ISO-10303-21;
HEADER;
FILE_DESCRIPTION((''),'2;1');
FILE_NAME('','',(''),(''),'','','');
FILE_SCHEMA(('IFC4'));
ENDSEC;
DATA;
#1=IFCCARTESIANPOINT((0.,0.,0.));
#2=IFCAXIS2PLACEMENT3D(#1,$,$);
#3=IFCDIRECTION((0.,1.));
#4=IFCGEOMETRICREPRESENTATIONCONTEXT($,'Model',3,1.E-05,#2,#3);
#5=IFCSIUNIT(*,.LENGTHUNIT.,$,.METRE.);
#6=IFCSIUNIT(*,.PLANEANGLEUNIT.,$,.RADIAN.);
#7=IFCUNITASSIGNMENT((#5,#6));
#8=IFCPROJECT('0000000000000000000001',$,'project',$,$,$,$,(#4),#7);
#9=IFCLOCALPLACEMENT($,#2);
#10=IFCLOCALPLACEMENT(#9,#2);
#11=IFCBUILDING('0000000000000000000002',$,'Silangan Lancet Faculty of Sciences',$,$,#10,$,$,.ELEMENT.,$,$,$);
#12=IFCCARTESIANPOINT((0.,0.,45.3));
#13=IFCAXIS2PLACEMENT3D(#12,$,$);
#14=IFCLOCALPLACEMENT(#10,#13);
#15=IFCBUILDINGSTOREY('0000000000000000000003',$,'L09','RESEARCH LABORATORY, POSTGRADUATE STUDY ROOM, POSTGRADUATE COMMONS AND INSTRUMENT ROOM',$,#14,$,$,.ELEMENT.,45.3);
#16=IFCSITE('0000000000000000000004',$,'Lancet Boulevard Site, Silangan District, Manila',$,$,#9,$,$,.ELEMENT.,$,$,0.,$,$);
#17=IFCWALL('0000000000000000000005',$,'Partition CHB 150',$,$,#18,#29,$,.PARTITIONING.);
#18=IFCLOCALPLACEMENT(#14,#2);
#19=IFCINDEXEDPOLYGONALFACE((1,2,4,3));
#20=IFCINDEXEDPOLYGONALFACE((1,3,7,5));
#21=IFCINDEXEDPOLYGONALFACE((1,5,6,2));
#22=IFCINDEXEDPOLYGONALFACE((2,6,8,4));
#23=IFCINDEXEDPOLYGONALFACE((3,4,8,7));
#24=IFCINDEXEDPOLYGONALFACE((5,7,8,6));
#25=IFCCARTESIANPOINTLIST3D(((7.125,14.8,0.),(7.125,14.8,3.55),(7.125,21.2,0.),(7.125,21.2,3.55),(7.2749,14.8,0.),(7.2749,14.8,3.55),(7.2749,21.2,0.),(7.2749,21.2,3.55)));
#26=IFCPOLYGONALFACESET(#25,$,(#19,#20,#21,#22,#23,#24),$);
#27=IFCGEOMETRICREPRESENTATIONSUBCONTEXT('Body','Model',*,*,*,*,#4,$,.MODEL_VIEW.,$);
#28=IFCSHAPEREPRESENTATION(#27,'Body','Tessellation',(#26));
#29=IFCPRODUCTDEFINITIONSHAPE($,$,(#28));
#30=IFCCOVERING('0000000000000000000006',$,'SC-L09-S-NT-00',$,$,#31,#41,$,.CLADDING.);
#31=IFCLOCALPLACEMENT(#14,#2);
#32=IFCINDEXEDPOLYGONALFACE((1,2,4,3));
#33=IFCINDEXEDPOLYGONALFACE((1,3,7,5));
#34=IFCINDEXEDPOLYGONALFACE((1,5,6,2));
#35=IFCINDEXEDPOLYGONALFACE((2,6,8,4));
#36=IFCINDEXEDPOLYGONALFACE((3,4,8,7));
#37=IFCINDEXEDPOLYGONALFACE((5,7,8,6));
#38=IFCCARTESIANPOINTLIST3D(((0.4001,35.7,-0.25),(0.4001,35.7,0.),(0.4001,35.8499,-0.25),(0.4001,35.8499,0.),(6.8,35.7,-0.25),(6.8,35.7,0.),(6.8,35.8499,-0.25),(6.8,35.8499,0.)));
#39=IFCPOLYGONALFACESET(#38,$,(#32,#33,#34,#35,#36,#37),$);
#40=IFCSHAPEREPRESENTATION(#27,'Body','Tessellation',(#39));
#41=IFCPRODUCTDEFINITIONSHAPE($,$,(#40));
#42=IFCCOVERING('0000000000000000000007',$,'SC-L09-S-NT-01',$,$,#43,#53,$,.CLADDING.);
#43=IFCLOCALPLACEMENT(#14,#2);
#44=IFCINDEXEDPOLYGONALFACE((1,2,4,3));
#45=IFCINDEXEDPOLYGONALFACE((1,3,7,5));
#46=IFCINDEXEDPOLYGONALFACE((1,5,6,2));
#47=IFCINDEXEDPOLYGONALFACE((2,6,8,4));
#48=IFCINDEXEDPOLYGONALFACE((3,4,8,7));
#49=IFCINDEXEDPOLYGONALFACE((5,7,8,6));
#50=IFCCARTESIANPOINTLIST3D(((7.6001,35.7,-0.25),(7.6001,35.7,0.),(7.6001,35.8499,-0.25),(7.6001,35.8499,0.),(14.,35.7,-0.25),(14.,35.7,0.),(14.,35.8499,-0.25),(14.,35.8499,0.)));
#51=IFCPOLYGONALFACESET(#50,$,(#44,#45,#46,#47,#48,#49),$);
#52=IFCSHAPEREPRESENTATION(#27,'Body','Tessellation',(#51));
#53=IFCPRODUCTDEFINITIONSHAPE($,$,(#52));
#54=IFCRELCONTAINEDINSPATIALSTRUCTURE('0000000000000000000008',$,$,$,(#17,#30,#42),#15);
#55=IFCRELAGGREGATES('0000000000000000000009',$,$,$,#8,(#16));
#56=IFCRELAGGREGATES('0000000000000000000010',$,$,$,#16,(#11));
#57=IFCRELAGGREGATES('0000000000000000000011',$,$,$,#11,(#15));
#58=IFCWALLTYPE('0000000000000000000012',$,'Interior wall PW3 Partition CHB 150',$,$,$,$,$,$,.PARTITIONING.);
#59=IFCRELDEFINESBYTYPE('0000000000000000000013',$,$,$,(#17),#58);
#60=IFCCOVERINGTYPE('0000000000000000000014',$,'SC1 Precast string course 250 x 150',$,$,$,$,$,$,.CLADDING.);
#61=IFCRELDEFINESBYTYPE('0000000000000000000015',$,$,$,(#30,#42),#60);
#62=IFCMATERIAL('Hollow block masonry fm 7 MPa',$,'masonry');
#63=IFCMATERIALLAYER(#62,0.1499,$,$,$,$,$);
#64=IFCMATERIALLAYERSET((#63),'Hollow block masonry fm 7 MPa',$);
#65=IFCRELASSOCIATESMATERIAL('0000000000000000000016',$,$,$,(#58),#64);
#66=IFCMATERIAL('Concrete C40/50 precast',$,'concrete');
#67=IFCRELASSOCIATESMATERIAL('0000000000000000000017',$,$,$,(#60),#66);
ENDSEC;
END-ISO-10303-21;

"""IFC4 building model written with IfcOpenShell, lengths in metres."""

from ifc_helpers import new_model, si_unit, direction, frame, frame_2d, origin, origin_2d, place, context, subcontext, project, spatial, rectangle, extrude, material, layer, layer_set, type_object, element, save


model = new_model("IFC4")

# Units and contexts
model_context = context("Model", 3, precision=1e-05, world=origin(), true_north=direction((0.0, 1.0)))
body_context = subcontext(model_context, "Body", "Model", "MODEL_VIEW")
ifc_project = project(units=[si_unit("LENGTHUNIT", "METRE"), si_unit("PLANEANGLEUNIT", "RADIAN")], contexts=[model_context])

# Site, building, storey
site_placement = place(None, origin())
site = spatial("IfcSite", under=ifc_project, at=site_placement, Name="Lancet Boulevard Site, Silangan District, Manila", CompositionType="ELEMENT", RefElevation=0.0)
building_placement = place(site_placement, origin())
building = spatial("IfcBuilding", under=site, at=building_placement, Name="Silangan Lancet Faculty of Sciences", CompositionType="ELEMENT")
storey_placement = place(building_placement, frame((0.0, 0.0, 45.3)))
storey = spatial("IfcBuildingStorey", under=building, at=storey_placement, Name="L09", Description="RESEARCH LABORATORY, POSTGRADUATE STUDY ROOM, POSTGRADUATE COMMONS AND INSTRUMENT ROOM", CompositionType="ELEMENT", Elevation=45.3)

# Wall
ifc_material_1 = material(Name="Hollow block masonry fm 7 MPa", Category="masonry")
ifc_layer_1 = layer(ifc_material_1, 0.1499)
ifc_layer_set_1 = layer_set([ifc_layer_1], Name="Hollow block masonry fm 7 MPa")
wall_type_1 = type_object("IfcWallType", Name="Interior wall PW3 Partition CHB 150", PredefinedType="PARTITIONING", material=ifc_layer_set_1)
wall_1_placement = place(storey_placement, frame((7.2, 14.8, 0.0), z_axis=(0.0, 0.0, 1.0), x_axis=(0.0, 1.0, 0.0)))
element("IfcWall", 1, at=wall_1_placement, inside=storey, type_object=wall_type_1, Name="Partition CHB 150", PredefinedType="PARTITIONING", context=body_context, shape_type="SweptSolid", body=[
    extrude(rectangle(XDim=6.3999, YDim=0.1499, at=frame_2d((3.2, 0.0))), origin(), (0.0, 0.0, 1.0), 3.55),
])

# Coverings
ifc_material_2 = material(Name="Concrete C40/50 precast", Category="concrete")
covering_type = type_object("IfcCoveringType", Name="SC1 Precast string course 250 x 150", PredefinedType="CLADDING", material=ifc_material_2)
for number, where, z_axis, x_axis, name in (
    (2, (3.6001, 35.7749, -0.25), (0.0, 0.0, 1.0), (1.0, 0.0, 0.0), "SC-L09-S-NT-00"),
    (3, (10.8, 35.7749, -0.25), (0.0, 0.0, 1.0), (1.0, 0.0, 0.0), "SC-L09-S-NT-01"),
):
    element("IfcCovering", number, at=place(storey_placement, frame(where, z_axis=z_axis, x_axis=x_axis)), inside=storey, type_object=covering_type, Name=name, PredefinedType="CLADDING", context=body_context, shape_type="SweptSolid", body=[
        extrude(rectangle(XDim=6.3999, YDim=0.1499, at=origin_2d()), origin(), (0.0, 0.0, 1.0), 0.25),
    ])

save(model, "model.ifc")
